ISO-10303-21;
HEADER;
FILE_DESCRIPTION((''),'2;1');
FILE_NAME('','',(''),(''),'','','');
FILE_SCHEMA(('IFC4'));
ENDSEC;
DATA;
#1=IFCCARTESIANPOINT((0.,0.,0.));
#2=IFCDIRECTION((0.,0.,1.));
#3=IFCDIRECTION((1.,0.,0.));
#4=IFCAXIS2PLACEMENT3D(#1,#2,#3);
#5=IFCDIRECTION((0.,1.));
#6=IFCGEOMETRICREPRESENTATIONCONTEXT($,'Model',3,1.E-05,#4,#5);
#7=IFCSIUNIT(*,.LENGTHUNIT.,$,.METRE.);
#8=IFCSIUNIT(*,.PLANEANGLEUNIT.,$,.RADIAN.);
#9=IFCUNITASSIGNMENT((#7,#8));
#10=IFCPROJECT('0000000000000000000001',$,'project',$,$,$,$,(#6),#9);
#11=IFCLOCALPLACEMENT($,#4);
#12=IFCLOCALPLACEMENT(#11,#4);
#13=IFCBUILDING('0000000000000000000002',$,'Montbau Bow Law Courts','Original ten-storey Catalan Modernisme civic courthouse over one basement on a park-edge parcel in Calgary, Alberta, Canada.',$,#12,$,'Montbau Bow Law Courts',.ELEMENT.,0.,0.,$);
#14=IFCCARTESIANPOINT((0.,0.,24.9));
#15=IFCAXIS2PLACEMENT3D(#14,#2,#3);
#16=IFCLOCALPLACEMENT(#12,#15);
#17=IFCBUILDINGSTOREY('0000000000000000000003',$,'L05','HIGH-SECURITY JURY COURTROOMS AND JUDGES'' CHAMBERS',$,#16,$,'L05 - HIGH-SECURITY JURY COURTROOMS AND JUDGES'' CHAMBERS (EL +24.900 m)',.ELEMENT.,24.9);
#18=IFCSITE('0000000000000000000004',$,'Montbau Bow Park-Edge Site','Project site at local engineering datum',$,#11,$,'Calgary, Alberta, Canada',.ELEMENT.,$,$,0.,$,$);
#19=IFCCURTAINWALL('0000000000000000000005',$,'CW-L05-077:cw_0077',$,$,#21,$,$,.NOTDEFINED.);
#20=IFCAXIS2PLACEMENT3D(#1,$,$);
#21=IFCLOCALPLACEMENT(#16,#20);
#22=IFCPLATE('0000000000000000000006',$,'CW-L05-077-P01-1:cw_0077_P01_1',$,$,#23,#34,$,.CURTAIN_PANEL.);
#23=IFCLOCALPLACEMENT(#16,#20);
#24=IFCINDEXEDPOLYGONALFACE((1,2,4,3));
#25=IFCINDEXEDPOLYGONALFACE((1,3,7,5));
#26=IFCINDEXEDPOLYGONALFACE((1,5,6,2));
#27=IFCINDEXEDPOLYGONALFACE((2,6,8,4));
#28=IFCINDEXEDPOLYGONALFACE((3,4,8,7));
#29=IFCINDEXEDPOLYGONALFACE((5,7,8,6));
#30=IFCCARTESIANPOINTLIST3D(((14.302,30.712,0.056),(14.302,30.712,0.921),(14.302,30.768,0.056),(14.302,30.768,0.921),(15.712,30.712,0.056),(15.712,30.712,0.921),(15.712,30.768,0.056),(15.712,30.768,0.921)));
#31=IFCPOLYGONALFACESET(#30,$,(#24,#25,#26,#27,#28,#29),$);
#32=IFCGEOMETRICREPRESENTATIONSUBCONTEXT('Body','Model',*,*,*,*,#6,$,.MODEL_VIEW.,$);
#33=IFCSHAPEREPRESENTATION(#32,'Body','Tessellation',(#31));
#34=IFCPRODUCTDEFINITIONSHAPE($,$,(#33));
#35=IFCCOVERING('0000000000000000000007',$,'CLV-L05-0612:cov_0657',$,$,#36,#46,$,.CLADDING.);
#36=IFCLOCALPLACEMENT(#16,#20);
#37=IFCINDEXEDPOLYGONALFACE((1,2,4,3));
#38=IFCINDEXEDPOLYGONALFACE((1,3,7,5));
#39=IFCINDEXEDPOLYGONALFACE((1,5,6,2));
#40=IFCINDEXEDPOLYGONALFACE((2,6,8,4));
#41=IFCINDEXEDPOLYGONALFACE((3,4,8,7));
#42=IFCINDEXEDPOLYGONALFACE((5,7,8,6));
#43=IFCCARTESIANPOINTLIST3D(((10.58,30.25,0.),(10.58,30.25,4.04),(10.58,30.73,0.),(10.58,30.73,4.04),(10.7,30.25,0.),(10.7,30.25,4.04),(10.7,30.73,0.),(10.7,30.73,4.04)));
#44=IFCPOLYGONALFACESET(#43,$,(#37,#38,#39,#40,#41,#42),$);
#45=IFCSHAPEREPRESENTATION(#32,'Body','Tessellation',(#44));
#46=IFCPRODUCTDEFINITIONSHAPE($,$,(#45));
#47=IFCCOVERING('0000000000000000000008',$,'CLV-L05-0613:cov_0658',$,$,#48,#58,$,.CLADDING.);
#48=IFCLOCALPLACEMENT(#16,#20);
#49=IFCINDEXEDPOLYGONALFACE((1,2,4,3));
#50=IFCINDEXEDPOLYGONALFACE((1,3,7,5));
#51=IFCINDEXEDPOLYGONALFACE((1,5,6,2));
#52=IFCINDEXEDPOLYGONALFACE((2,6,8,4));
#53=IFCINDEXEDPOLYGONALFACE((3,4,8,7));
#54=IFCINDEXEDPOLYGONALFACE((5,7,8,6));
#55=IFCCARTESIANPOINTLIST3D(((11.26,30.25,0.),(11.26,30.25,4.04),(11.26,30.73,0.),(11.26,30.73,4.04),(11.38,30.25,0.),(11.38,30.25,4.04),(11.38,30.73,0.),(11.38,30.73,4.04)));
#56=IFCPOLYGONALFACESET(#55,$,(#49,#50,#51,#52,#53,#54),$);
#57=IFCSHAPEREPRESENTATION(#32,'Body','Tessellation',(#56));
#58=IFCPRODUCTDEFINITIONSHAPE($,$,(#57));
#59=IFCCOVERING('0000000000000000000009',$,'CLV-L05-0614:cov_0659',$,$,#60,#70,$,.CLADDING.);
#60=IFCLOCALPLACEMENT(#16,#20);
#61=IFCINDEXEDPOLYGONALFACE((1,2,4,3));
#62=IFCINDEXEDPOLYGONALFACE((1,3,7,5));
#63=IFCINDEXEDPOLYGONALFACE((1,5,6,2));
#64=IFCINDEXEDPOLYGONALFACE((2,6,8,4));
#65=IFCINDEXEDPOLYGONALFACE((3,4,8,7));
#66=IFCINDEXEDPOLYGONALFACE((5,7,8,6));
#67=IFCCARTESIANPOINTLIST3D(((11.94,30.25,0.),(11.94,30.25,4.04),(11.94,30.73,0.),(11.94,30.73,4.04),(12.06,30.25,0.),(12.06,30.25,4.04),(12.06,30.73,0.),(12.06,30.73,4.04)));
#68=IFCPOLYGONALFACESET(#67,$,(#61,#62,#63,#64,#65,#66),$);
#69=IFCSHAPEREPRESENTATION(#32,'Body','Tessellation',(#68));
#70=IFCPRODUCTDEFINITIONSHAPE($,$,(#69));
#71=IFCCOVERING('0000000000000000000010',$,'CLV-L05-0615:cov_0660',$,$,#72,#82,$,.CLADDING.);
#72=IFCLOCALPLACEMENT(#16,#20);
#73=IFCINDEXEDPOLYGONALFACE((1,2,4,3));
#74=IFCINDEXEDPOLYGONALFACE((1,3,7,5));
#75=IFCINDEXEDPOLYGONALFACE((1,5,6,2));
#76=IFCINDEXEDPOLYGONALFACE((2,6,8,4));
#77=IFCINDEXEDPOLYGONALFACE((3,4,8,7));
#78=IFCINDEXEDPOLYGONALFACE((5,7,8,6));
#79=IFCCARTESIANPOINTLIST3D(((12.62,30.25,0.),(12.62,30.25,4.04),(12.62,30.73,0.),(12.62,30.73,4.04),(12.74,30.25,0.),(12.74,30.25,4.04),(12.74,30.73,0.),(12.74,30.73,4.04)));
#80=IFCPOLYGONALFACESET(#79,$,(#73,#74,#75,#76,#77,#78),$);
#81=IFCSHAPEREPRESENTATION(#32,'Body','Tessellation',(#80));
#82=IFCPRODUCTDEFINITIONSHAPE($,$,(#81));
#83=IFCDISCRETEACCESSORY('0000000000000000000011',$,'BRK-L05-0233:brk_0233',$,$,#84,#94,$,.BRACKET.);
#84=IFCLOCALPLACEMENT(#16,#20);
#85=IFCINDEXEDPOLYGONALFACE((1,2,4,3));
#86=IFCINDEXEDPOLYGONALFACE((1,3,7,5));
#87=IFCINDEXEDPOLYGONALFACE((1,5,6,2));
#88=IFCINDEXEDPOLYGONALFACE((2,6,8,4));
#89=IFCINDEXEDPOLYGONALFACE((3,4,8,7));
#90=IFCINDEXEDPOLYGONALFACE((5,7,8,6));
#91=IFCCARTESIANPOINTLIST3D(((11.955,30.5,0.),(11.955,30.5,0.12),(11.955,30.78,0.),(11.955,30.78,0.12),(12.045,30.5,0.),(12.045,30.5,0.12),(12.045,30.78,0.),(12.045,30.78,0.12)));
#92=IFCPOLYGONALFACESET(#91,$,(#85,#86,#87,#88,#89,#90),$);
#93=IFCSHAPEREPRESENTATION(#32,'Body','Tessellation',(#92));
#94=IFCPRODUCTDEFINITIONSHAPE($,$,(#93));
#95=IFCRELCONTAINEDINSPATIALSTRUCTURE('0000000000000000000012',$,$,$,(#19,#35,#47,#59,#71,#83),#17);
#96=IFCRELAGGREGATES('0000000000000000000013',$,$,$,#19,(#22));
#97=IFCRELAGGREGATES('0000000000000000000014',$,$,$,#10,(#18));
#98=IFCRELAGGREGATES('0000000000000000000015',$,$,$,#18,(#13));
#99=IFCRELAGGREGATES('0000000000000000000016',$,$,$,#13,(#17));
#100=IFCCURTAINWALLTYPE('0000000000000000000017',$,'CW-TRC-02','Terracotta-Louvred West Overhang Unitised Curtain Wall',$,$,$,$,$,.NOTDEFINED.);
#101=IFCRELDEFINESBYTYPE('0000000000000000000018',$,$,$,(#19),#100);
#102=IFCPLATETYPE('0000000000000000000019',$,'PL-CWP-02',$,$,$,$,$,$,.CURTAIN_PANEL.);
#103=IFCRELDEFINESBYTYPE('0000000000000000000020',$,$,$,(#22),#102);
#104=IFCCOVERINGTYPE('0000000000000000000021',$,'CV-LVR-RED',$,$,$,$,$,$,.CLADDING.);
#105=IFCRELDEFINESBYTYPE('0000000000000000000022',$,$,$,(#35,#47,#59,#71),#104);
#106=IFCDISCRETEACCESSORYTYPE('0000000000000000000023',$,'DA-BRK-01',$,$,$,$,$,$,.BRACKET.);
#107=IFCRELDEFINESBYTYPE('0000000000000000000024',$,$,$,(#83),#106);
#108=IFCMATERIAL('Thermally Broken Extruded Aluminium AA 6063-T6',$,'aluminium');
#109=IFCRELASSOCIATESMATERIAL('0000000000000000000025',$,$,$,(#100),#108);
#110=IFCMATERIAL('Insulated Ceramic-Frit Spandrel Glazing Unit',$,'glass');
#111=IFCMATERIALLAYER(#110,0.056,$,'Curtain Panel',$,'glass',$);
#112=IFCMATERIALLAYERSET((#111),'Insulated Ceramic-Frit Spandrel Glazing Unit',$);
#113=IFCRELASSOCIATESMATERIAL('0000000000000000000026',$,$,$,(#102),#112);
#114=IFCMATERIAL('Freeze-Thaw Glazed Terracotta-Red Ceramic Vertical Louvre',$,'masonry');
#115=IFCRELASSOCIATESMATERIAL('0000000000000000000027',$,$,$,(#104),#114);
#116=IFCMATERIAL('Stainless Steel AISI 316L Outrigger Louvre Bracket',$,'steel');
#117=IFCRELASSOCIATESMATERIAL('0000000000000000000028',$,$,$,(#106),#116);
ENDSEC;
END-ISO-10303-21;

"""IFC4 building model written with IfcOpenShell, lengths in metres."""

from ifc_helpers import new_model, si_unit, direction, frame, frame_2d, origin_with_axes, origin_2d_with_axis, place, context, subcontext, project, spatial, rectangle, extrude, material, layer, layer_set, type_object, element, aggregate, save


model = new_model("IFC4")

# Units and contexts
model_context = context("Model", 3, precision=1e-05, world=origin_with_axes(), true_north=direction((0.0, 1.0)))
body_context = subcontext(model_context, "Body", "Model", "MODEL_VIEW")
ifc_project = project(units=[si_unit("LENGTHUNIT", "METRE"), si_unit("PLANEANGLEUNIT", "RADIAN")], contexts=[model_context])

# Site, building, storey
site_placement = place(None, origin_with_axes())
site = spatial("IfcSite", under=ifc_project, at=site_placement, Name="Montbau Bow Park-Edge Site", Description="Project site at local engineering datum", LongName="Calgary, Alberta, Canada", CompositionType="ELEMENT", RefElevation=0.0)
building_placement = place(site_placement, origin_with_axes())
building = spatial("IfcBuilding", under=site, at=building_placement, Name="Montbau Bow Law Courts", Description="Original ten-storey Catalan Modernisme civic courthouse over one basement on a park-edge parcel in Calgary, Alberta, Canada.", LongName="Montbau Bow Law Courts", CompositionType="ELEMENT", ElevationOfRefHeight=0.0, ElevationOfTerrain=0.0)
storey_placement = place(building_placement, frame((0.0, 0.0, 24.9), z_axis=(0.0, 0.0, 1.0), x_axis=(1.0, 0.0, 0.0)))
storey = spatial("IfcBuildingStorey", under=building, at=storey_placement, Name="L05", Description="HIGH-SECURITY JURY COURTROOMS AND JUDGES' CHAMBERS", LongName="L05 - HIGH-SECURITY JURY COURTROOMS AND JUDGES' CHAMBERS (EL +24.900 m)", CompositionType="ELEMENT", Elevation=24.9)

# Shared definitions
ifc_material_1 = material(Name="Thermally Broken Extruded Aluminium AA 6063-T6", Category="aluminium")
curtain_wall_type = type_object("IfcCurtainWallType", Name="CW-TRC-02", Description="Terracotta-Louvred West Overhang Unitised Curtain Wall", PredefinedType="NOTDEFINED", material=ifc_material_1)

# Curtain wall
curtain_wall_1_placement = place(None, frame((14.24, 30.74, 24.9), z_axis=(0.0, 0.0, 1.0), x_axis=(1.0, 0.0, 0.0)))
curtain_wall_1 = element("IfcCurtainWall", 1, at=curtain_wall_1_placement, inside=storey, type_object=curtain_wall_type, Name="CW-L05-077:cw_0077", PredefinedType="NOTDEFINED")

# Plate
ifc_material_2 = material(Name="Insulated Ceramic-Frit Spandrel Glazing Unit", Category="glass")
ifc_layer_1 = layer(ifc_material_2, 0.056, Name="Curtain Panel", Category="glass")
ifc_layer_set_1 = layer_set([ifc_layer_1], Name="Insulated Ceramic-Frit Spandrel Glazing Unit")
plate_type_1 = type_object("IfcPlateType", Name="PL-CWP-02", PredefinedType="CURTAIN_PANEL", material=ifc_layer_set_1)
plate_1_placement = place(None, frame((14.302, 30.74, 24.956), z_axis=(0.0, -1.0, 0.0), x_axis=(1.0, 0.0, 0.0)))
plate_1 = element("IfcPlate", 2, at=plate_1_placement, type_object=plate_type_1, Name="CW-L05-077-P01-1:cw_0077_P01_1", PredefinedType="CURTAIN_PANEL", context=body_context, shape_type="SweptSolid", body=[
    extrude(rectangle(XDim=1.41, YDim=0.865, at=frame_2d((0.705, 0.4325), x_axis=(1.0, 0.0))), frame((0.0, 0.0, -0.028), z_axis=(0.0, 0.0, 1.0), x_axis=(1.0, 0.0, 0.0)), (0.0, 0.0, 1.0), 0.056),
])
aggregate(curtain_wall_1, [plate_1])

# Coverings
ifc_material_3 = material(Name="Freeze-Thaw Glazed Terracotta-Red Ceramic Vertical Louvre", Category="masonry")
covering_type = type_object("IfcCoveringType", Name="CV-LVR-RED", PredefinedType="CLADDING", material=ifc_material_3)
for number, where, z_axis, x_axis, name in (
    (3, (10.64, 30.73, 24.9), (-1.0, 0.0, 0.0), (0.0, -1.0, 0.0), "CLV-L05-0612:cov_0657"),
    (4, (11.32, 30.73, 24.9), (-1.0, 0.0, 0.0), (0.0, -1.0, 0.0), "CLV-L05-0613:cov_0658"),
    (5, (12.0, 30.73, 24.9), (-1.0, 0.0, 0.0), (0.0, -1.0, 0.0), "CLV-L05-0614:cov_0659"),
    (6, (12.68, 30.73, 24.9), (-1.0, 0.0, 0.0), (0.0, -1.0, 0.0), "CLV-L05-0615:cov_0660"),
):
    element("IfcCovering", number, at=place(None, frame(where, z_axis=z_axis, x_axis=x_axis)), inside=storey, type_object=covering_type, Name=name, PredefinedType="CLADDING", context=body_context, shape_type="SweptSolid", body=[
        extrude(rectangle(XDim=0.48, YDim=4.04, at=frame_2d((0.24, 2.02), x_axis=(1.0, 0.0))), frame((0.0, 0.0, -0.06), z_axis=(0.0, 0.0, 1.0), x_axis=(1.0, 0.0, 0.0)), (0.0, 0.0, 1.0), 0.12),
    ])

# Discrete accessory
ifc_material_4 = material(Name="Stainless Steel AISI 316L Outrigger Louvre Bracket", Category="steel")
discrete_accessory_type = type_object("IfcDiscreteAccessoryType", Name="DA-BRK-01", PredefinedType="BRACKET", material=ifc_material_4)
discrete_accessory_placement = place(None, frame((12.0, 30.64, 24.9), z_axis=(0.0, 0.0, 1.0), x_axis=(0.0, -1.0, 0.0)))
element("IfcDiscreteAccessory", 7, at=discrete_accessory_placement, inside=storey, type_object=discrete_accessory_type, Name="BRK-L05-0233:brk_0233", PredefinedType="BRACKET", context=body_context, shape_type="SweptSolid", body=[
    extrude(rectangle(XDim=0.28, YDim=0.09, at=origin_2d_with_axis()), origin_with_axes(), (0.0, 0.0, 1.0), 0.12),
])

save(model, "model.ifc")
